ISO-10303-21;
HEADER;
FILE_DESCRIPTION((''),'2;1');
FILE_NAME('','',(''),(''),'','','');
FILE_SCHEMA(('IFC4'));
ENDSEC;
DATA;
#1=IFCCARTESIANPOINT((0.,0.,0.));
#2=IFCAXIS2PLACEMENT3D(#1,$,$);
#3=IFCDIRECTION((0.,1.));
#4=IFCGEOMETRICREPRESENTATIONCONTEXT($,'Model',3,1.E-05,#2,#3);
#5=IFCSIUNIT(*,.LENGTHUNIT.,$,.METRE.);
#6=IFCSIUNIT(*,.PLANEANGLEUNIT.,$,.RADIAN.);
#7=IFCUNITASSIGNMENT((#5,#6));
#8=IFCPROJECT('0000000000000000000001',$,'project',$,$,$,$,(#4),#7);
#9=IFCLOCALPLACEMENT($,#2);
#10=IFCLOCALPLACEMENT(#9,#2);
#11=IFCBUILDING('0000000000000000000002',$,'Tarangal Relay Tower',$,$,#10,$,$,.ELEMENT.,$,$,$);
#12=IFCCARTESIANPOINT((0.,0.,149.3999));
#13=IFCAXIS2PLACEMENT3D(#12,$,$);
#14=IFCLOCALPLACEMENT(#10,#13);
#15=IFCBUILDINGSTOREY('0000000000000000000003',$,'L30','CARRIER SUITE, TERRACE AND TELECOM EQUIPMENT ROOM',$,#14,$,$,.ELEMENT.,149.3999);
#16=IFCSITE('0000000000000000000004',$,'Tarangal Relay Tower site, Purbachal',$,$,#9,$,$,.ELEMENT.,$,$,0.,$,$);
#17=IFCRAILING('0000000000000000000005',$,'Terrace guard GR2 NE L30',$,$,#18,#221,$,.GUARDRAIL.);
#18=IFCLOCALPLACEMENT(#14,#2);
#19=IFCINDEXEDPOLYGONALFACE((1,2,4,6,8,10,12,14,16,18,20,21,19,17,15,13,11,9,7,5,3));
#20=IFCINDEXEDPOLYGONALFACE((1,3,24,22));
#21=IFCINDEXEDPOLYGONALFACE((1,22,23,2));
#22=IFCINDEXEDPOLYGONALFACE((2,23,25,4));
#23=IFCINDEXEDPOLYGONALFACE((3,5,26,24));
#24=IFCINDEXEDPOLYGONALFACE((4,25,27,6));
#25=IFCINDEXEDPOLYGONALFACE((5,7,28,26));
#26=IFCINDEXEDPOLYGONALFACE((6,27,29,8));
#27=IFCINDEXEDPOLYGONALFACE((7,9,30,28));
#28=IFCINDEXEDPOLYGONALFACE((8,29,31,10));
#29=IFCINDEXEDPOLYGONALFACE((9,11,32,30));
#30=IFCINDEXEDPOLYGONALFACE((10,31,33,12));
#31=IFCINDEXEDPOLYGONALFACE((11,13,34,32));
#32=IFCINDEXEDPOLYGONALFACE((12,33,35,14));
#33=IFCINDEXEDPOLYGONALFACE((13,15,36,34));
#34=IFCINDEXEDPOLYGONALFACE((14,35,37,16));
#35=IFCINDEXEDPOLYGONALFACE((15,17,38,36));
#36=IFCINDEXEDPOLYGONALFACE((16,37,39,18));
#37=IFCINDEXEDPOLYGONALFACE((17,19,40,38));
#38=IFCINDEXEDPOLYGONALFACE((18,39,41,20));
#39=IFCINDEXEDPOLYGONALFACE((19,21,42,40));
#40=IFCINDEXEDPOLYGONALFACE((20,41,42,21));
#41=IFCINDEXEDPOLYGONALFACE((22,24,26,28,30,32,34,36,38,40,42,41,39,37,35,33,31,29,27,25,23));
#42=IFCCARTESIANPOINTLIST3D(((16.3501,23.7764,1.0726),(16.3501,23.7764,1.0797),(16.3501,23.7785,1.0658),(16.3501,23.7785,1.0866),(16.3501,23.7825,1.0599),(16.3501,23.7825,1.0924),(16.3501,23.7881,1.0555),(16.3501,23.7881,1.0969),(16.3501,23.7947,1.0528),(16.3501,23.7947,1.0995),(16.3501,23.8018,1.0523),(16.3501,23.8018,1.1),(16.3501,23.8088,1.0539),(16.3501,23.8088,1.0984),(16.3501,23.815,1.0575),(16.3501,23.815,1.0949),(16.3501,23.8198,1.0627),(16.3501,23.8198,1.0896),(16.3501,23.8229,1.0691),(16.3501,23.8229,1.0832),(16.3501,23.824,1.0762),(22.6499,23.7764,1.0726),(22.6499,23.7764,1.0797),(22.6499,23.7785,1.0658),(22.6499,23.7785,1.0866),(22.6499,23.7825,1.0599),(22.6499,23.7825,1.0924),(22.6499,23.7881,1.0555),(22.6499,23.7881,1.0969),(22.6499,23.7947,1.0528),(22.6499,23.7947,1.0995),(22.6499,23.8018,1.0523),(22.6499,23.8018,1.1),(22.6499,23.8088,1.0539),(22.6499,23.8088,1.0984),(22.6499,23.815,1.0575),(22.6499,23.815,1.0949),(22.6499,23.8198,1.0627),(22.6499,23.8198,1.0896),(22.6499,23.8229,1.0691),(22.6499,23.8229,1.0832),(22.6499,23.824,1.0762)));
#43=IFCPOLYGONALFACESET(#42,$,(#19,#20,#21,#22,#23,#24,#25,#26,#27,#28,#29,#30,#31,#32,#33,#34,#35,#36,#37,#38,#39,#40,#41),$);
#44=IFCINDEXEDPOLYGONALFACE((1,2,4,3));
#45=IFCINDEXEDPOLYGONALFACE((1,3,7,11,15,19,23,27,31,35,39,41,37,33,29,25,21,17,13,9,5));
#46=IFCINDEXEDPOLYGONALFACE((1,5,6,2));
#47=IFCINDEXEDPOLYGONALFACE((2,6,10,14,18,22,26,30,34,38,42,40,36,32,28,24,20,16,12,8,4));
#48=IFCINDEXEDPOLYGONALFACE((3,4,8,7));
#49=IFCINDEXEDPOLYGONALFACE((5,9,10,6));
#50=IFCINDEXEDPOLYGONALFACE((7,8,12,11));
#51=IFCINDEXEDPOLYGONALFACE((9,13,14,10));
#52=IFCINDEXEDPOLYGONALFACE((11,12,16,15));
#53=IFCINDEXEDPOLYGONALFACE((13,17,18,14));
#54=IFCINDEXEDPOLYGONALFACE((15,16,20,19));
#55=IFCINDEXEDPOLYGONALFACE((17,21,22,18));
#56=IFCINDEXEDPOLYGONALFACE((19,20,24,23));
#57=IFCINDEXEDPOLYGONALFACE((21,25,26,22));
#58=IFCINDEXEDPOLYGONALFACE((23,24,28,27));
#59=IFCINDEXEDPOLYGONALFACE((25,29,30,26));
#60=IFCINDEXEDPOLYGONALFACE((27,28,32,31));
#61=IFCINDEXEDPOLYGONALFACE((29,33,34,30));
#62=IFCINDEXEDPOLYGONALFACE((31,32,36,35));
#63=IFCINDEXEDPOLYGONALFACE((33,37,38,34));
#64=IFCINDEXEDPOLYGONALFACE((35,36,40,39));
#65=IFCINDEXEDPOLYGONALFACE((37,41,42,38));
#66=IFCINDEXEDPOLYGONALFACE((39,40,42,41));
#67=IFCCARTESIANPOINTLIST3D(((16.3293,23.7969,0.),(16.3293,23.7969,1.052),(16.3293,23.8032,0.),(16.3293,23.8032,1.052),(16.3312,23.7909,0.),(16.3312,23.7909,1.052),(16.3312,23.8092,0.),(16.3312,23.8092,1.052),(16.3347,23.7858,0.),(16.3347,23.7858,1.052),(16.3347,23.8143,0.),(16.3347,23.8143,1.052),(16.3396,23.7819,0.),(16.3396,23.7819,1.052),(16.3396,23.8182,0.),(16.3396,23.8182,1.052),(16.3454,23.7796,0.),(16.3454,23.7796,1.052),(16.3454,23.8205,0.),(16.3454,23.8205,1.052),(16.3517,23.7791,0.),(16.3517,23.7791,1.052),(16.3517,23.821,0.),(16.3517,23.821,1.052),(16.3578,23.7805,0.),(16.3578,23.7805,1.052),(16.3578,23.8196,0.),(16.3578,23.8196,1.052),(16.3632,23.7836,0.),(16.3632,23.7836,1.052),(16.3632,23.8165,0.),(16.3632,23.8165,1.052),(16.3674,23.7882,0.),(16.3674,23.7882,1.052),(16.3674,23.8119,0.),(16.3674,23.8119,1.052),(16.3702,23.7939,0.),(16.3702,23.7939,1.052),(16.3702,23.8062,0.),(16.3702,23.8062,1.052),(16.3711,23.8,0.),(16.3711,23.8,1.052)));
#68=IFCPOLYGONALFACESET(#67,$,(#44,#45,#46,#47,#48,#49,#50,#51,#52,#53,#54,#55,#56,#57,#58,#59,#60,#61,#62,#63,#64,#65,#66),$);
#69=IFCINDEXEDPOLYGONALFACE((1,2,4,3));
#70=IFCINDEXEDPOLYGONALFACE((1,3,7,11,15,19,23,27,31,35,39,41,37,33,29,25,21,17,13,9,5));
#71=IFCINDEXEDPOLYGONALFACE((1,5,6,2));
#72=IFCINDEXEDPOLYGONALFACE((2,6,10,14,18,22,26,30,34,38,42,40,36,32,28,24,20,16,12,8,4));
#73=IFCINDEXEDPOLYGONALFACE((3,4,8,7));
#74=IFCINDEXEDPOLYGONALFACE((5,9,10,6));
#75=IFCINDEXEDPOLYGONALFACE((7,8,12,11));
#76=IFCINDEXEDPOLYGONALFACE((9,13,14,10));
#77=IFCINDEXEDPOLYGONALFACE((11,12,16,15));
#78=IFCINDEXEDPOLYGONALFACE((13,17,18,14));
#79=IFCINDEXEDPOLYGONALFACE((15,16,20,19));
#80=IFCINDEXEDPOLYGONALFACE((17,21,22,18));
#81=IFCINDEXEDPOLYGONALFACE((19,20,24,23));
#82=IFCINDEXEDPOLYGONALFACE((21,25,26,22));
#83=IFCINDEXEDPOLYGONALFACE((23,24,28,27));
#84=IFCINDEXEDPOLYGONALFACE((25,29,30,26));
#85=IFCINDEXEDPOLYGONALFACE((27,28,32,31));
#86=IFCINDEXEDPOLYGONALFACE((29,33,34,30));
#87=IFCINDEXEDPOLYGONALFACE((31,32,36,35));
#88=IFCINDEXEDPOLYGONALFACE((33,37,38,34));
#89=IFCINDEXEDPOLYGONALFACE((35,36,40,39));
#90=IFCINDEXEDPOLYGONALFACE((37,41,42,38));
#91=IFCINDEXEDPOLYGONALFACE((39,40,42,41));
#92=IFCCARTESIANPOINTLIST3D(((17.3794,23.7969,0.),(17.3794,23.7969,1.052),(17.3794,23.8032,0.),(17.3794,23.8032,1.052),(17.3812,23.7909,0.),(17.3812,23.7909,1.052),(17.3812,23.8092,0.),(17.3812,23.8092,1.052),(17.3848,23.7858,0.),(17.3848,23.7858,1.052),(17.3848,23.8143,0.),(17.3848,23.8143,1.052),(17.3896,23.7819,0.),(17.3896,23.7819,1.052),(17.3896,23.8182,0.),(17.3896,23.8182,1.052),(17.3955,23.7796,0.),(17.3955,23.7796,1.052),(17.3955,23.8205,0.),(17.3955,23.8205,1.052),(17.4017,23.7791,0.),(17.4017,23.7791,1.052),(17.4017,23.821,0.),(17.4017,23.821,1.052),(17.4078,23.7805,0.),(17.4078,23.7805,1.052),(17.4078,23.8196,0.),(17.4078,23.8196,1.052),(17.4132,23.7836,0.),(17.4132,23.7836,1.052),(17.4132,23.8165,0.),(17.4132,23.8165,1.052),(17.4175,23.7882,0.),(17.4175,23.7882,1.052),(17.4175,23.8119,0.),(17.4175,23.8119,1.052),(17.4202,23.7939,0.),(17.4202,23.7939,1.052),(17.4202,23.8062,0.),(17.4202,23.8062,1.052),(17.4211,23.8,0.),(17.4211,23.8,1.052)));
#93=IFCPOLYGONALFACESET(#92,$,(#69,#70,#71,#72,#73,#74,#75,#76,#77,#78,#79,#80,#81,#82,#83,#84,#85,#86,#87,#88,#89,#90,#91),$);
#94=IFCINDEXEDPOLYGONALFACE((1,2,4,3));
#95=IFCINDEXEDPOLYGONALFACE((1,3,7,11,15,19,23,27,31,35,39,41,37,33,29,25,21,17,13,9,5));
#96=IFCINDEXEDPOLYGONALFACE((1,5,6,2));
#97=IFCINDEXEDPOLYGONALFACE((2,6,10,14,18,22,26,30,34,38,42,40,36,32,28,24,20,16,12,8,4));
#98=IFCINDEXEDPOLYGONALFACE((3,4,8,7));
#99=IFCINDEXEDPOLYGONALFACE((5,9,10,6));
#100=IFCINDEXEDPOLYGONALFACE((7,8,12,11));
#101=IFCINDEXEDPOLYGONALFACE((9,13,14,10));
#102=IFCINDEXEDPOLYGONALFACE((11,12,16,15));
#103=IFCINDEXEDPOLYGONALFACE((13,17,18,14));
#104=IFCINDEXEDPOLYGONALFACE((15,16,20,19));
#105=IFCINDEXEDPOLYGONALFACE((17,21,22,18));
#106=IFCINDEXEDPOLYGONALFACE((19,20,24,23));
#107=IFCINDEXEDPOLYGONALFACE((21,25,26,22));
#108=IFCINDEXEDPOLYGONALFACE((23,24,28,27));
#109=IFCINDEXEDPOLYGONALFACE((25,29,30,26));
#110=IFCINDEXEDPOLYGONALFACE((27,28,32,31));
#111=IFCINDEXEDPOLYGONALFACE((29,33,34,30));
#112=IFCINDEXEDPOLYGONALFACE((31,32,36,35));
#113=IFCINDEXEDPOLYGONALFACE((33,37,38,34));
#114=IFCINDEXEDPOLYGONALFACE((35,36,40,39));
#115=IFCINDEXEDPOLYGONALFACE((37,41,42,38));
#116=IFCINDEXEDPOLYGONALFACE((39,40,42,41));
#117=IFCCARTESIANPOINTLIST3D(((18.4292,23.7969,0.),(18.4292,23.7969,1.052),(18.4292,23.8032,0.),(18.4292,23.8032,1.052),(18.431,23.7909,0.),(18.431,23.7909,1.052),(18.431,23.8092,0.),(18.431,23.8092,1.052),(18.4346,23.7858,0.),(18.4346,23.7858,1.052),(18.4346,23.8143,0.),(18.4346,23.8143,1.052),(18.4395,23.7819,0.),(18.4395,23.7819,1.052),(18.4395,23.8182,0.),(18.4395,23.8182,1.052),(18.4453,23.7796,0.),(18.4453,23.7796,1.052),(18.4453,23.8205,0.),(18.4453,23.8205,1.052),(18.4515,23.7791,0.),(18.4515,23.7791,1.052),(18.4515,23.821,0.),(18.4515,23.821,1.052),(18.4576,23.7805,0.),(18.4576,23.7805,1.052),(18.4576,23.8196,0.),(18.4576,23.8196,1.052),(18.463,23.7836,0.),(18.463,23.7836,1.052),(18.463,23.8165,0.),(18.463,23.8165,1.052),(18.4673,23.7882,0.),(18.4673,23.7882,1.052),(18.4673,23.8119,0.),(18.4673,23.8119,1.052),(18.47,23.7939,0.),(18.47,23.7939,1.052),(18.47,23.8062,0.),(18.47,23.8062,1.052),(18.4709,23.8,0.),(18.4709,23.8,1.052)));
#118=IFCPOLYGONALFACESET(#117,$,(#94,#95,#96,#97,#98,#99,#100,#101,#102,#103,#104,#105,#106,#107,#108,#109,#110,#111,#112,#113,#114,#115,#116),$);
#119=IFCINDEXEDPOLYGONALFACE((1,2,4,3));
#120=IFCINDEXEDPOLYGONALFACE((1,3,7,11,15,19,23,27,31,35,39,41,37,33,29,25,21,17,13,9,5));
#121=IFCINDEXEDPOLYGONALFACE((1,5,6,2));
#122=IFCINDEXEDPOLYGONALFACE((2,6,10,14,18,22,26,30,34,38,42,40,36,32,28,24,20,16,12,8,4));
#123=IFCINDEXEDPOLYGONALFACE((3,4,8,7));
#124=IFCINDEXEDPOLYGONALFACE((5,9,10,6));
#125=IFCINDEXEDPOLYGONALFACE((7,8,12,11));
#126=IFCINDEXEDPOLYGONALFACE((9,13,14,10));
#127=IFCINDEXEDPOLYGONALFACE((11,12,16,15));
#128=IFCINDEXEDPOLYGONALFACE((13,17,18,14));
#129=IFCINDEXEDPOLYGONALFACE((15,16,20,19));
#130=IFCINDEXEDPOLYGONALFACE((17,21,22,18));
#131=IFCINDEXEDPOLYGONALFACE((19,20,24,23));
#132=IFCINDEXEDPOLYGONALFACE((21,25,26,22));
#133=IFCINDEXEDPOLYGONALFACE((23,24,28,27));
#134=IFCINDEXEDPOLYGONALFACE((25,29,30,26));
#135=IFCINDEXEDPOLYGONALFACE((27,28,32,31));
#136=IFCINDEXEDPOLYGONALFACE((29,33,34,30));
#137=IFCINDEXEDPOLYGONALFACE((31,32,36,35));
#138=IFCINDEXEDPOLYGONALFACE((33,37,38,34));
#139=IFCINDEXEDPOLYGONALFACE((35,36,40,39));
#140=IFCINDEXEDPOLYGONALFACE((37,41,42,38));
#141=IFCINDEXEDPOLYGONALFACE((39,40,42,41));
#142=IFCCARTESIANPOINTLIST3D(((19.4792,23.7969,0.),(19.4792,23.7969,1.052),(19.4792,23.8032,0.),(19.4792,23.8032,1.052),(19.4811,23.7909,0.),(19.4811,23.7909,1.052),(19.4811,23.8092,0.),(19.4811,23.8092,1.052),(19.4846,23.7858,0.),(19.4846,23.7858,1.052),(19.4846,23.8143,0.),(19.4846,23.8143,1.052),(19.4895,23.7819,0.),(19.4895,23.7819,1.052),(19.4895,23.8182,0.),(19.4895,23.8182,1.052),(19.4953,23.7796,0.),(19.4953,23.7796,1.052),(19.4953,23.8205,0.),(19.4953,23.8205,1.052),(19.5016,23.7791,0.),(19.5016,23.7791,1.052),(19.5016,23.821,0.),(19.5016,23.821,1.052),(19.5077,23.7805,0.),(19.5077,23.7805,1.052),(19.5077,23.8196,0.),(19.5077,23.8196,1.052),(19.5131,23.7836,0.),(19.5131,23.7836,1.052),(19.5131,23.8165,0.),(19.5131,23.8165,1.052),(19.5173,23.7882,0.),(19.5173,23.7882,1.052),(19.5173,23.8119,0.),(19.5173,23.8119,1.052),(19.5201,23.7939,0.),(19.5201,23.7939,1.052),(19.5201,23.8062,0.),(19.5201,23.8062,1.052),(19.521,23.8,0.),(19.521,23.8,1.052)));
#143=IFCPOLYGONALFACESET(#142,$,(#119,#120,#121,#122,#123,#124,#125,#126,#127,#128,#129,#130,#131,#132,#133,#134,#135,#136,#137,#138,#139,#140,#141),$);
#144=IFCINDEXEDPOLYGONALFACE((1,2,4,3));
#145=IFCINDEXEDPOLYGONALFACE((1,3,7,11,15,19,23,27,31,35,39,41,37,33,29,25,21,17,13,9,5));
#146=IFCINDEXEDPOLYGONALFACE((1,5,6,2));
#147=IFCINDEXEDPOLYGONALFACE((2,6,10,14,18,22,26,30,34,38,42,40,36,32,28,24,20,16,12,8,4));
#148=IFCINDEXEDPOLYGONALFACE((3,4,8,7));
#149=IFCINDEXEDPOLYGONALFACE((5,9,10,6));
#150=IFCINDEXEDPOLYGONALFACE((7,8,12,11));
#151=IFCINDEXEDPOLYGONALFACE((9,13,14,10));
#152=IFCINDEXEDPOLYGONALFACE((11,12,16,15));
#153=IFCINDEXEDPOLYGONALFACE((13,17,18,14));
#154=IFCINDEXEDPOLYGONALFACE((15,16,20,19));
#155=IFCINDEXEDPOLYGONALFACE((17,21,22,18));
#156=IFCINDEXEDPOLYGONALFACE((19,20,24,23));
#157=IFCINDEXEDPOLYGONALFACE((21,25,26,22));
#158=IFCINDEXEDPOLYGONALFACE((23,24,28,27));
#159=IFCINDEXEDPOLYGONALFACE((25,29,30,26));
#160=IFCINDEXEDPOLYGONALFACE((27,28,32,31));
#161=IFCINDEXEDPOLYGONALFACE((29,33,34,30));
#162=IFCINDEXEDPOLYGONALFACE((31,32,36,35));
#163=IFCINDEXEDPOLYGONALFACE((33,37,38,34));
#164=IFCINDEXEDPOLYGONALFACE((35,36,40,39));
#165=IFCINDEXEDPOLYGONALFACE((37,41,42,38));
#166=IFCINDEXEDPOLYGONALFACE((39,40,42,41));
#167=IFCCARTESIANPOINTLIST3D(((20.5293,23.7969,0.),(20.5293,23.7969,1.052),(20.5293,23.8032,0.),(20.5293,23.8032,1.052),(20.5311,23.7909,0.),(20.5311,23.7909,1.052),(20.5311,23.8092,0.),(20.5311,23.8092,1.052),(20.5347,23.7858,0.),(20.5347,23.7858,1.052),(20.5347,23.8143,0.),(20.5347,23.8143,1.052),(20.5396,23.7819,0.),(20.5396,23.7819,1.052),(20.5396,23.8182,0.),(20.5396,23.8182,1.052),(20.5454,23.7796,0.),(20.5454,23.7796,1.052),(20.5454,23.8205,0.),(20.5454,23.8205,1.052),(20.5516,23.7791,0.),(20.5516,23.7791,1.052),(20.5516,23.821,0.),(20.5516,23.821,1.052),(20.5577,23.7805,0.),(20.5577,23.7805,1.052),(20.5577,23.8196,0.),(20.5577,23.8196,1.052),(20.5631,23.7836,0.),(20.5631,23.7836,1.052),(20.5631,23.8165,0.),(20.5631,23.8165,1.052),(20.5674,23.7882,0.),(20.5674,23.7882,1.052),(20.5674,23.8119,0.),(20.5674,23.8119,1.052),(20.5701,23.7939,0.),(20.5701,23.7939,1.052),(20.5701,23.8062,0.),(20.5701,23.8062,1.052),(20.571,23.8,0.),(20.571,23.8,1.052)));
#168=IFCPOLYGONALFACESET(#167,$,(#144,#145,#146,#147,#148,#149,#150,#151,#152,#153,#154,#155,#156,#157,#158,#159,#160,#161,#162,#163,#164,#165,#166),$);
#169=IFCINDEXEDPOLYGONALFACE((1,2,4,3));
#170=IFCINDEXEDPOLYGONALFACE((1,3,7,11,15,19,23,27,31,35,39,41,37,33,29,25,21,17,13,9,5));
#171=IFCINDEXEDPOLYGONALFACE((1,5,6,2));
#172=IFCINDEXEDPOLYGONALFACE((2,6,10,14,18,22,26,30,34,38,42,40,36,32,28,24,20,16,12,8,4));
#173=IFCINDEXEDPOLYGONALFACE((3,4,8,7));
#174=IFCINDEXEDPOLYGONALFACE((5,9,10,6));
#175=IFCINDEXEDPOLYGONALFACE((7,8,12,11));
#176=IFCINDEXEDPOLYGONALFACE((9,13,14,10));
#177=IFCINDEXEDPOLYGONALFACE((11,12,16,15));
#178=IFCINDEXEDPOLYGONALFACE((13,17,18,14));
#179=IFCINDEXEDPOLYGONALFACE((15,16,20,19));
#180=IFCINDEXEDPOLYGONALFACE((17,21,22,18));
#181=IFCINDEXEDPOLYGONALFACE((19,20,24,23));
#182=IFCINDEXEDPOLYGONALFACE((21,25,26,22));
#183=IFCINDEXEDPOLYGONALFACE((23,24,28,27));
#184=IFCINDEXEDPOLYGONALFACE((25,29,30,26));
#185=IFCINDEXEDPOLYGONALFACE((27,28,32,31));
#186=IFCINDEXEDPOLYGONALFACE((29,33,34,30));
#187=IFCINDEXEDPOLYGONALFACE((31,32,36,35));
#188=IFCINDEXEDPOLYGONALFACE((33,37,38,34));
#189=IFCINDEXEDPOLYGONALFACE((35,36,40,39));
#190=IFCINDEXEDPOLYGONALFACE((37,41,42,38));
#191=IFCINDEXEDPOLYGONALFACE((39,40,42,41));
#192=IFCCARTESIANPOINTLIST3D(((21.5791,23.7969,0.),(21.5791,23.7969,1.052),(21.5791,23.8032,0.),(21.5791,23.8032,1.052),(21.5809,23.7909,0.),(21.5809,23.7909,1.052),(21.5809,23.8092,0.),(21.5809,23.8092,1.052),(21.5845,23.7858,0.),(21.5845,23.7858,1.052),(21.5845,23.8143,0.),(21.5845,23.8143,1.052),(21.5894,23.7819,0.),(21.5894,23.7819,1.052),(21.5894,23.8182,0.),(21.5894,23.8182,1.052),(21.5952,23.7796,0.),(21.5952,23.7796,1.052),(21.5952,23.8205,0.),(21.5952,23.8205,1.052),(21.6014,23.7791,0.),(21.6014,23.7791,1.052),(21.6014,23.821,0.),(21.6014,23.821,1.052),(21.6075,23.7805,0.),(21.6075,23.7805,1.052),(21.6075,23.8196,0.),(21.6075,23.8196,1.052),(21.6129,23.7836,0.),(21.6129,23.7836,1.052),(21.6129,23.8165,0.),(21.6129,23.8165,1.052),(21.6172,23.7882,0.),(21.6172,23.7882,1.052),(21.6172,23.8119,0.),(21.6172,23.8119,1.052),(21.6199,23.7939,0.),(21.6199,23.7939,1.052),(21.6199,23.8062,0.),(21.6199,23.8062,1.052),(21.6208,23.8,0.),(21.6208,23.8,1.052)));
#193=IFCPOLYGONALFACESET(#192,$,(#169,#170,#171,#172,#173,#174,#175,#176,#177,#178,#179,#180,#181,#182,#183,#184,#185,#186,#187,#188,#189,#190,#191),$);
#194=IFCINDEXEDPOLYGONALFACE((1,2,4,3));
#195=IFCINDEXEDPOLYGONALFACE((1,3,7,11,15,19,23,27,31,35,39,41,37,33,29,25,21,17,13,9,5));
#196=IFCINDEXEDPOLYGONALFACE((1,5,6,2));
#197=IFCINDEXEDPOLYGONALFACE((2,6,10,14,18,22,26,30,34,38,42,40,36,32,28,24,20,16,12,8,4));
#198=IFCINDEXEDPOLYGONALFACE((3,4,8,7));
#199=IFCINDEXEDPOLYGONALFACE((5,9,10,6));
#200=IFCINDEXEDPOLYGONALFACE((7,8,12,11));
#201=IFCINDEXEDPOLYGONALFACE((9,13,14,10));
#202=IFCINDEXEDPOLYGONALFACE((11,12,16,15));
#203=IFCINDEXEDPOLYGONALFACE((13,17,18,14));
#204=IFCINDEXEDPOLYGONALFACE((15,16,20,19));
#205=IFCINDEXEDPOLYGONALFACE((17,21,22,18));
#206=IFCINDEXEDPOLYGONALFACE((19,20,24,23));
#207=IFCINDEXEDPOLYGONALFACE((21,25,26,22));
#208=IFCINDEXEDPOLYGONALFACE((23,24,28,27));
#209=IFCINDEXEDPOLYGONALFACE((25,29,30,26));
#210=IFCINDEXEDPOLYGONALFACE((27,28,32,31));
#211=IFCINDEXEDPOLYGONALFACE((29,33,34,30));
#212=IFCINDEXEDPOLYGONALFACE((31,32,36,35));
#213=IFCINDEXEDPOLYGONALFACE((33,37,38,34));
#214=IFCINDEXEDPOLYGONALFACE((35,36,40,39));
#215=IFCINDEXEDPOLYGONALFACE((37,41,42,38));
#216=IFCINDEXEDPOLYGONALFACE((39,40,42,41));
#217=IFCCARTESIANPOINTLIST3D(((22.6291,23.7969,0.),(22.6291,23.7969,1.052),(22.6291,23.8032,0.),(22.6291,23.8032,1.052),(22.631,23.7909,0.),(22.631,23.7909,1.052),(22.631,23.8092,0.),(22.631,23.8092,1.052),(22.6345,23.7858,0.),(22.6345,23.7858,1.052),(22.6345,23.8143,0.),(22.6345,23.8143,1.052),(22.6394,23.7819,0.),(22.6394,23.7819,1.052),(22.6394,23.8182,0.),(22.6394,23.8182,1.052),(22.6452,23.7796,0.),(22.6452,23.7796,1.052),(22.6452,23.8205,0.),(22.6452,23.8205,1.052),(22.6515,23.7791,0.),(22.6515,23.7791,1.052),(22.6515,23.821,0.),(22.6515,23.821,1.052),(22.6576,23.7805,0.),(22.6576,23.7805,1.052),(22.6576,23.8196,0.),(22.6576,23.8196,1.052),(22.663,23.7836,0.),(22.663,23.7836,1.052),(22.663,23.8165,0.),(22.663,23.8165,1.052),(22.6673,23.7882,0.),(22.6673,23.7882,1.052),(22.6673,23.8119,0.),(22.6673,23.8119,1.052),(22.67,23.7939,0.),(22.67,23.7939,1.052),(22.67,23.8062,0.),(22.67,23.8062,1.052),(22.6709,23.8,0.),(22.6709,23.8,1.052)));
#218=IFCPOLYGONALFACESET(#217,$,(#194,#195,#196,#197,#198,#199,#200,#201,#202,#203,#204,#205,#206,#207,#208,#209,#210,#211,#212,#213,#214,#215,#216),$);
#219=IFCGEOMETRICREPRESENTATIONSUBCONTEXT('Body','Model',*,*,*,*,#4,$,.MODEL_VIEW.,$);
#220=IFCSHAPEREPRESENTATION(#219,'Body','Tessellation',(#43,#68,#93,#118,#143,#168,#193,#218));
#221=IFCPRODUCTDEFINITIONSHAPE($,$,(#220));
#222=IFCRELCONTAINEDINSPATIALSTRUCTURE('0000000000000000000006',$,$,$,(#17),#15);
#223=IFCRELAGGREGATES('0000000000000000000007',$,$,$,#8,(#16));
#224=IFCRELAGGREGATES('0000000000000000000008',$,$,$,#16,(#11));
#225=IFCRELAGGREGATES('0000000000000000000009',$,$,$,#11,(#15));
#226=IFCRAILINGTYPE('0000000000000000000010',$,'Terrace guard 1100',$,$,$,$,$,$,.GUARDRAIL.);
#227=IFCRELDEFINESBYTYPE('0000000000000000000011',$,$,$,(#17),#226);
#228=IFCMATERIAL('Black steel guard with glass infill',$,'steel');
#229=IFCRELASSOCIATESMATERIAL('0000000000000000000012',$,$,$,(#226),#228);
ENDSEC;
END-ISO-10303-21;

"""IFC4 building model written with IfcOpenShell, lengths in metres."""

from ifc_helpers import new_model, si_unit, direction, frame, origin, origin_2d, place, context, subcontext, project, spatial, circle, extrude, material, type_object, element, save


model = new_model("IFC4")

# Units and contexts
model_context = context("Model", 3, precision=1e-05, world=origin(), true_north=direction((0.0, 1.0)))
body_context = subcontext(model_context, "Body", "Model", "MODEL_VIEW")
ifc_project = project(units=[si_unit("LENGTHUNIT", "METRE"), si_unit("PLANEANGLEUNIT", "RADIAN")], contexts=[model_context])

# Site, building, storey
site_placement = place(None, origin())
site = spatial("IfcSite", under=ifc_project, at=site_placement, Name="Tarangal Relay Tower site, Purbachal", CompositionType="ELEMENT", RefElevation=0.0)
building_placement = place(site_placement, origin())
building = spatial("IfcBuilding", under=site, at=building_placement, Name="Tarangal Relay Tower", CompositionType="ELEMENT")
storey_placement = place(building_placement, frame((0.0, 0.0, 149.3999)))
storey = spatial("IfcBuildingStorey", under=building, at=storey_placement, Name="L30", Description="CARRIER SUITE, TERRACE AND TELECOM EQUIPMENT ROOM", CompositionType="ELEMENT", Elevation=149.3999)

# Railing
ifc_material_1 = material(Name="Black steel guard with glass infill", Category="steel")
railing_type = type_object("IfcRailingType", Name="Terrace guard 1100", PredefinedType="GUARDRAIL", material=ifc_material_1)
railing_1_placement = place(storey_placement, frame((16.3501, 23.8, 0.0)))
element("IfcRailing", 1, at=railing_1_placement, inside=storey, type_object=railing_type, Name="Terrace guard GR2 NE L30", PredefinedType="GUARDRAIL", context=body_context, shape_type="SweptSolid", body=[
    extrude(circle(Radius=0.0239, at=origin_2d()), frame((0.0, 0.0, 1.0762), z_axis=(1.0, 0.0, 0.0), x_axis=(0.0, 1.0, 0.0)), (0.0, 0.0, 1.0), 6.2998),
    extrude(circle(Radius=0.021, at=origin_2d()), origin(), (0.0, 0.0, 1.0), 1.052),
    extrude(circle(Radius=0.021, at=origin_2d()), frame((1.05, 0.0, 0.0)), (0.0, 0.0, 1.0), 1.052),
    extrude(circle(Radius=0.021, at=origin_2d()), frame((2.0999, 0.0, 0.0)), (0.0, 0.0, 1.0), 1.052),
    extrude(circle(Radius=0.021, at=origin_2d()), frame((3.1499, 0.0, 0.0)), (0.0, 0.0, 1.0), 1.052),
    extrude(circle(Radius=0.021, at=origin_2d()), frame((4.2, 0.0, 0.0)), (0.0, 0.0, 1.0), 1.052),
    extrude(circle(Radius=0.021, at=origin_2d()), frame((5.2498, 0.0, 0.0)), (0.0, 0.0, 1.0), 1.052),
    extrude(circle(Radius=0.021, at=origin_2d()), frame((6.2998, 0.0, 0.0)), (0.0, 0.0, 1.0), 1.052),
])

save(model, "model.ifc")
